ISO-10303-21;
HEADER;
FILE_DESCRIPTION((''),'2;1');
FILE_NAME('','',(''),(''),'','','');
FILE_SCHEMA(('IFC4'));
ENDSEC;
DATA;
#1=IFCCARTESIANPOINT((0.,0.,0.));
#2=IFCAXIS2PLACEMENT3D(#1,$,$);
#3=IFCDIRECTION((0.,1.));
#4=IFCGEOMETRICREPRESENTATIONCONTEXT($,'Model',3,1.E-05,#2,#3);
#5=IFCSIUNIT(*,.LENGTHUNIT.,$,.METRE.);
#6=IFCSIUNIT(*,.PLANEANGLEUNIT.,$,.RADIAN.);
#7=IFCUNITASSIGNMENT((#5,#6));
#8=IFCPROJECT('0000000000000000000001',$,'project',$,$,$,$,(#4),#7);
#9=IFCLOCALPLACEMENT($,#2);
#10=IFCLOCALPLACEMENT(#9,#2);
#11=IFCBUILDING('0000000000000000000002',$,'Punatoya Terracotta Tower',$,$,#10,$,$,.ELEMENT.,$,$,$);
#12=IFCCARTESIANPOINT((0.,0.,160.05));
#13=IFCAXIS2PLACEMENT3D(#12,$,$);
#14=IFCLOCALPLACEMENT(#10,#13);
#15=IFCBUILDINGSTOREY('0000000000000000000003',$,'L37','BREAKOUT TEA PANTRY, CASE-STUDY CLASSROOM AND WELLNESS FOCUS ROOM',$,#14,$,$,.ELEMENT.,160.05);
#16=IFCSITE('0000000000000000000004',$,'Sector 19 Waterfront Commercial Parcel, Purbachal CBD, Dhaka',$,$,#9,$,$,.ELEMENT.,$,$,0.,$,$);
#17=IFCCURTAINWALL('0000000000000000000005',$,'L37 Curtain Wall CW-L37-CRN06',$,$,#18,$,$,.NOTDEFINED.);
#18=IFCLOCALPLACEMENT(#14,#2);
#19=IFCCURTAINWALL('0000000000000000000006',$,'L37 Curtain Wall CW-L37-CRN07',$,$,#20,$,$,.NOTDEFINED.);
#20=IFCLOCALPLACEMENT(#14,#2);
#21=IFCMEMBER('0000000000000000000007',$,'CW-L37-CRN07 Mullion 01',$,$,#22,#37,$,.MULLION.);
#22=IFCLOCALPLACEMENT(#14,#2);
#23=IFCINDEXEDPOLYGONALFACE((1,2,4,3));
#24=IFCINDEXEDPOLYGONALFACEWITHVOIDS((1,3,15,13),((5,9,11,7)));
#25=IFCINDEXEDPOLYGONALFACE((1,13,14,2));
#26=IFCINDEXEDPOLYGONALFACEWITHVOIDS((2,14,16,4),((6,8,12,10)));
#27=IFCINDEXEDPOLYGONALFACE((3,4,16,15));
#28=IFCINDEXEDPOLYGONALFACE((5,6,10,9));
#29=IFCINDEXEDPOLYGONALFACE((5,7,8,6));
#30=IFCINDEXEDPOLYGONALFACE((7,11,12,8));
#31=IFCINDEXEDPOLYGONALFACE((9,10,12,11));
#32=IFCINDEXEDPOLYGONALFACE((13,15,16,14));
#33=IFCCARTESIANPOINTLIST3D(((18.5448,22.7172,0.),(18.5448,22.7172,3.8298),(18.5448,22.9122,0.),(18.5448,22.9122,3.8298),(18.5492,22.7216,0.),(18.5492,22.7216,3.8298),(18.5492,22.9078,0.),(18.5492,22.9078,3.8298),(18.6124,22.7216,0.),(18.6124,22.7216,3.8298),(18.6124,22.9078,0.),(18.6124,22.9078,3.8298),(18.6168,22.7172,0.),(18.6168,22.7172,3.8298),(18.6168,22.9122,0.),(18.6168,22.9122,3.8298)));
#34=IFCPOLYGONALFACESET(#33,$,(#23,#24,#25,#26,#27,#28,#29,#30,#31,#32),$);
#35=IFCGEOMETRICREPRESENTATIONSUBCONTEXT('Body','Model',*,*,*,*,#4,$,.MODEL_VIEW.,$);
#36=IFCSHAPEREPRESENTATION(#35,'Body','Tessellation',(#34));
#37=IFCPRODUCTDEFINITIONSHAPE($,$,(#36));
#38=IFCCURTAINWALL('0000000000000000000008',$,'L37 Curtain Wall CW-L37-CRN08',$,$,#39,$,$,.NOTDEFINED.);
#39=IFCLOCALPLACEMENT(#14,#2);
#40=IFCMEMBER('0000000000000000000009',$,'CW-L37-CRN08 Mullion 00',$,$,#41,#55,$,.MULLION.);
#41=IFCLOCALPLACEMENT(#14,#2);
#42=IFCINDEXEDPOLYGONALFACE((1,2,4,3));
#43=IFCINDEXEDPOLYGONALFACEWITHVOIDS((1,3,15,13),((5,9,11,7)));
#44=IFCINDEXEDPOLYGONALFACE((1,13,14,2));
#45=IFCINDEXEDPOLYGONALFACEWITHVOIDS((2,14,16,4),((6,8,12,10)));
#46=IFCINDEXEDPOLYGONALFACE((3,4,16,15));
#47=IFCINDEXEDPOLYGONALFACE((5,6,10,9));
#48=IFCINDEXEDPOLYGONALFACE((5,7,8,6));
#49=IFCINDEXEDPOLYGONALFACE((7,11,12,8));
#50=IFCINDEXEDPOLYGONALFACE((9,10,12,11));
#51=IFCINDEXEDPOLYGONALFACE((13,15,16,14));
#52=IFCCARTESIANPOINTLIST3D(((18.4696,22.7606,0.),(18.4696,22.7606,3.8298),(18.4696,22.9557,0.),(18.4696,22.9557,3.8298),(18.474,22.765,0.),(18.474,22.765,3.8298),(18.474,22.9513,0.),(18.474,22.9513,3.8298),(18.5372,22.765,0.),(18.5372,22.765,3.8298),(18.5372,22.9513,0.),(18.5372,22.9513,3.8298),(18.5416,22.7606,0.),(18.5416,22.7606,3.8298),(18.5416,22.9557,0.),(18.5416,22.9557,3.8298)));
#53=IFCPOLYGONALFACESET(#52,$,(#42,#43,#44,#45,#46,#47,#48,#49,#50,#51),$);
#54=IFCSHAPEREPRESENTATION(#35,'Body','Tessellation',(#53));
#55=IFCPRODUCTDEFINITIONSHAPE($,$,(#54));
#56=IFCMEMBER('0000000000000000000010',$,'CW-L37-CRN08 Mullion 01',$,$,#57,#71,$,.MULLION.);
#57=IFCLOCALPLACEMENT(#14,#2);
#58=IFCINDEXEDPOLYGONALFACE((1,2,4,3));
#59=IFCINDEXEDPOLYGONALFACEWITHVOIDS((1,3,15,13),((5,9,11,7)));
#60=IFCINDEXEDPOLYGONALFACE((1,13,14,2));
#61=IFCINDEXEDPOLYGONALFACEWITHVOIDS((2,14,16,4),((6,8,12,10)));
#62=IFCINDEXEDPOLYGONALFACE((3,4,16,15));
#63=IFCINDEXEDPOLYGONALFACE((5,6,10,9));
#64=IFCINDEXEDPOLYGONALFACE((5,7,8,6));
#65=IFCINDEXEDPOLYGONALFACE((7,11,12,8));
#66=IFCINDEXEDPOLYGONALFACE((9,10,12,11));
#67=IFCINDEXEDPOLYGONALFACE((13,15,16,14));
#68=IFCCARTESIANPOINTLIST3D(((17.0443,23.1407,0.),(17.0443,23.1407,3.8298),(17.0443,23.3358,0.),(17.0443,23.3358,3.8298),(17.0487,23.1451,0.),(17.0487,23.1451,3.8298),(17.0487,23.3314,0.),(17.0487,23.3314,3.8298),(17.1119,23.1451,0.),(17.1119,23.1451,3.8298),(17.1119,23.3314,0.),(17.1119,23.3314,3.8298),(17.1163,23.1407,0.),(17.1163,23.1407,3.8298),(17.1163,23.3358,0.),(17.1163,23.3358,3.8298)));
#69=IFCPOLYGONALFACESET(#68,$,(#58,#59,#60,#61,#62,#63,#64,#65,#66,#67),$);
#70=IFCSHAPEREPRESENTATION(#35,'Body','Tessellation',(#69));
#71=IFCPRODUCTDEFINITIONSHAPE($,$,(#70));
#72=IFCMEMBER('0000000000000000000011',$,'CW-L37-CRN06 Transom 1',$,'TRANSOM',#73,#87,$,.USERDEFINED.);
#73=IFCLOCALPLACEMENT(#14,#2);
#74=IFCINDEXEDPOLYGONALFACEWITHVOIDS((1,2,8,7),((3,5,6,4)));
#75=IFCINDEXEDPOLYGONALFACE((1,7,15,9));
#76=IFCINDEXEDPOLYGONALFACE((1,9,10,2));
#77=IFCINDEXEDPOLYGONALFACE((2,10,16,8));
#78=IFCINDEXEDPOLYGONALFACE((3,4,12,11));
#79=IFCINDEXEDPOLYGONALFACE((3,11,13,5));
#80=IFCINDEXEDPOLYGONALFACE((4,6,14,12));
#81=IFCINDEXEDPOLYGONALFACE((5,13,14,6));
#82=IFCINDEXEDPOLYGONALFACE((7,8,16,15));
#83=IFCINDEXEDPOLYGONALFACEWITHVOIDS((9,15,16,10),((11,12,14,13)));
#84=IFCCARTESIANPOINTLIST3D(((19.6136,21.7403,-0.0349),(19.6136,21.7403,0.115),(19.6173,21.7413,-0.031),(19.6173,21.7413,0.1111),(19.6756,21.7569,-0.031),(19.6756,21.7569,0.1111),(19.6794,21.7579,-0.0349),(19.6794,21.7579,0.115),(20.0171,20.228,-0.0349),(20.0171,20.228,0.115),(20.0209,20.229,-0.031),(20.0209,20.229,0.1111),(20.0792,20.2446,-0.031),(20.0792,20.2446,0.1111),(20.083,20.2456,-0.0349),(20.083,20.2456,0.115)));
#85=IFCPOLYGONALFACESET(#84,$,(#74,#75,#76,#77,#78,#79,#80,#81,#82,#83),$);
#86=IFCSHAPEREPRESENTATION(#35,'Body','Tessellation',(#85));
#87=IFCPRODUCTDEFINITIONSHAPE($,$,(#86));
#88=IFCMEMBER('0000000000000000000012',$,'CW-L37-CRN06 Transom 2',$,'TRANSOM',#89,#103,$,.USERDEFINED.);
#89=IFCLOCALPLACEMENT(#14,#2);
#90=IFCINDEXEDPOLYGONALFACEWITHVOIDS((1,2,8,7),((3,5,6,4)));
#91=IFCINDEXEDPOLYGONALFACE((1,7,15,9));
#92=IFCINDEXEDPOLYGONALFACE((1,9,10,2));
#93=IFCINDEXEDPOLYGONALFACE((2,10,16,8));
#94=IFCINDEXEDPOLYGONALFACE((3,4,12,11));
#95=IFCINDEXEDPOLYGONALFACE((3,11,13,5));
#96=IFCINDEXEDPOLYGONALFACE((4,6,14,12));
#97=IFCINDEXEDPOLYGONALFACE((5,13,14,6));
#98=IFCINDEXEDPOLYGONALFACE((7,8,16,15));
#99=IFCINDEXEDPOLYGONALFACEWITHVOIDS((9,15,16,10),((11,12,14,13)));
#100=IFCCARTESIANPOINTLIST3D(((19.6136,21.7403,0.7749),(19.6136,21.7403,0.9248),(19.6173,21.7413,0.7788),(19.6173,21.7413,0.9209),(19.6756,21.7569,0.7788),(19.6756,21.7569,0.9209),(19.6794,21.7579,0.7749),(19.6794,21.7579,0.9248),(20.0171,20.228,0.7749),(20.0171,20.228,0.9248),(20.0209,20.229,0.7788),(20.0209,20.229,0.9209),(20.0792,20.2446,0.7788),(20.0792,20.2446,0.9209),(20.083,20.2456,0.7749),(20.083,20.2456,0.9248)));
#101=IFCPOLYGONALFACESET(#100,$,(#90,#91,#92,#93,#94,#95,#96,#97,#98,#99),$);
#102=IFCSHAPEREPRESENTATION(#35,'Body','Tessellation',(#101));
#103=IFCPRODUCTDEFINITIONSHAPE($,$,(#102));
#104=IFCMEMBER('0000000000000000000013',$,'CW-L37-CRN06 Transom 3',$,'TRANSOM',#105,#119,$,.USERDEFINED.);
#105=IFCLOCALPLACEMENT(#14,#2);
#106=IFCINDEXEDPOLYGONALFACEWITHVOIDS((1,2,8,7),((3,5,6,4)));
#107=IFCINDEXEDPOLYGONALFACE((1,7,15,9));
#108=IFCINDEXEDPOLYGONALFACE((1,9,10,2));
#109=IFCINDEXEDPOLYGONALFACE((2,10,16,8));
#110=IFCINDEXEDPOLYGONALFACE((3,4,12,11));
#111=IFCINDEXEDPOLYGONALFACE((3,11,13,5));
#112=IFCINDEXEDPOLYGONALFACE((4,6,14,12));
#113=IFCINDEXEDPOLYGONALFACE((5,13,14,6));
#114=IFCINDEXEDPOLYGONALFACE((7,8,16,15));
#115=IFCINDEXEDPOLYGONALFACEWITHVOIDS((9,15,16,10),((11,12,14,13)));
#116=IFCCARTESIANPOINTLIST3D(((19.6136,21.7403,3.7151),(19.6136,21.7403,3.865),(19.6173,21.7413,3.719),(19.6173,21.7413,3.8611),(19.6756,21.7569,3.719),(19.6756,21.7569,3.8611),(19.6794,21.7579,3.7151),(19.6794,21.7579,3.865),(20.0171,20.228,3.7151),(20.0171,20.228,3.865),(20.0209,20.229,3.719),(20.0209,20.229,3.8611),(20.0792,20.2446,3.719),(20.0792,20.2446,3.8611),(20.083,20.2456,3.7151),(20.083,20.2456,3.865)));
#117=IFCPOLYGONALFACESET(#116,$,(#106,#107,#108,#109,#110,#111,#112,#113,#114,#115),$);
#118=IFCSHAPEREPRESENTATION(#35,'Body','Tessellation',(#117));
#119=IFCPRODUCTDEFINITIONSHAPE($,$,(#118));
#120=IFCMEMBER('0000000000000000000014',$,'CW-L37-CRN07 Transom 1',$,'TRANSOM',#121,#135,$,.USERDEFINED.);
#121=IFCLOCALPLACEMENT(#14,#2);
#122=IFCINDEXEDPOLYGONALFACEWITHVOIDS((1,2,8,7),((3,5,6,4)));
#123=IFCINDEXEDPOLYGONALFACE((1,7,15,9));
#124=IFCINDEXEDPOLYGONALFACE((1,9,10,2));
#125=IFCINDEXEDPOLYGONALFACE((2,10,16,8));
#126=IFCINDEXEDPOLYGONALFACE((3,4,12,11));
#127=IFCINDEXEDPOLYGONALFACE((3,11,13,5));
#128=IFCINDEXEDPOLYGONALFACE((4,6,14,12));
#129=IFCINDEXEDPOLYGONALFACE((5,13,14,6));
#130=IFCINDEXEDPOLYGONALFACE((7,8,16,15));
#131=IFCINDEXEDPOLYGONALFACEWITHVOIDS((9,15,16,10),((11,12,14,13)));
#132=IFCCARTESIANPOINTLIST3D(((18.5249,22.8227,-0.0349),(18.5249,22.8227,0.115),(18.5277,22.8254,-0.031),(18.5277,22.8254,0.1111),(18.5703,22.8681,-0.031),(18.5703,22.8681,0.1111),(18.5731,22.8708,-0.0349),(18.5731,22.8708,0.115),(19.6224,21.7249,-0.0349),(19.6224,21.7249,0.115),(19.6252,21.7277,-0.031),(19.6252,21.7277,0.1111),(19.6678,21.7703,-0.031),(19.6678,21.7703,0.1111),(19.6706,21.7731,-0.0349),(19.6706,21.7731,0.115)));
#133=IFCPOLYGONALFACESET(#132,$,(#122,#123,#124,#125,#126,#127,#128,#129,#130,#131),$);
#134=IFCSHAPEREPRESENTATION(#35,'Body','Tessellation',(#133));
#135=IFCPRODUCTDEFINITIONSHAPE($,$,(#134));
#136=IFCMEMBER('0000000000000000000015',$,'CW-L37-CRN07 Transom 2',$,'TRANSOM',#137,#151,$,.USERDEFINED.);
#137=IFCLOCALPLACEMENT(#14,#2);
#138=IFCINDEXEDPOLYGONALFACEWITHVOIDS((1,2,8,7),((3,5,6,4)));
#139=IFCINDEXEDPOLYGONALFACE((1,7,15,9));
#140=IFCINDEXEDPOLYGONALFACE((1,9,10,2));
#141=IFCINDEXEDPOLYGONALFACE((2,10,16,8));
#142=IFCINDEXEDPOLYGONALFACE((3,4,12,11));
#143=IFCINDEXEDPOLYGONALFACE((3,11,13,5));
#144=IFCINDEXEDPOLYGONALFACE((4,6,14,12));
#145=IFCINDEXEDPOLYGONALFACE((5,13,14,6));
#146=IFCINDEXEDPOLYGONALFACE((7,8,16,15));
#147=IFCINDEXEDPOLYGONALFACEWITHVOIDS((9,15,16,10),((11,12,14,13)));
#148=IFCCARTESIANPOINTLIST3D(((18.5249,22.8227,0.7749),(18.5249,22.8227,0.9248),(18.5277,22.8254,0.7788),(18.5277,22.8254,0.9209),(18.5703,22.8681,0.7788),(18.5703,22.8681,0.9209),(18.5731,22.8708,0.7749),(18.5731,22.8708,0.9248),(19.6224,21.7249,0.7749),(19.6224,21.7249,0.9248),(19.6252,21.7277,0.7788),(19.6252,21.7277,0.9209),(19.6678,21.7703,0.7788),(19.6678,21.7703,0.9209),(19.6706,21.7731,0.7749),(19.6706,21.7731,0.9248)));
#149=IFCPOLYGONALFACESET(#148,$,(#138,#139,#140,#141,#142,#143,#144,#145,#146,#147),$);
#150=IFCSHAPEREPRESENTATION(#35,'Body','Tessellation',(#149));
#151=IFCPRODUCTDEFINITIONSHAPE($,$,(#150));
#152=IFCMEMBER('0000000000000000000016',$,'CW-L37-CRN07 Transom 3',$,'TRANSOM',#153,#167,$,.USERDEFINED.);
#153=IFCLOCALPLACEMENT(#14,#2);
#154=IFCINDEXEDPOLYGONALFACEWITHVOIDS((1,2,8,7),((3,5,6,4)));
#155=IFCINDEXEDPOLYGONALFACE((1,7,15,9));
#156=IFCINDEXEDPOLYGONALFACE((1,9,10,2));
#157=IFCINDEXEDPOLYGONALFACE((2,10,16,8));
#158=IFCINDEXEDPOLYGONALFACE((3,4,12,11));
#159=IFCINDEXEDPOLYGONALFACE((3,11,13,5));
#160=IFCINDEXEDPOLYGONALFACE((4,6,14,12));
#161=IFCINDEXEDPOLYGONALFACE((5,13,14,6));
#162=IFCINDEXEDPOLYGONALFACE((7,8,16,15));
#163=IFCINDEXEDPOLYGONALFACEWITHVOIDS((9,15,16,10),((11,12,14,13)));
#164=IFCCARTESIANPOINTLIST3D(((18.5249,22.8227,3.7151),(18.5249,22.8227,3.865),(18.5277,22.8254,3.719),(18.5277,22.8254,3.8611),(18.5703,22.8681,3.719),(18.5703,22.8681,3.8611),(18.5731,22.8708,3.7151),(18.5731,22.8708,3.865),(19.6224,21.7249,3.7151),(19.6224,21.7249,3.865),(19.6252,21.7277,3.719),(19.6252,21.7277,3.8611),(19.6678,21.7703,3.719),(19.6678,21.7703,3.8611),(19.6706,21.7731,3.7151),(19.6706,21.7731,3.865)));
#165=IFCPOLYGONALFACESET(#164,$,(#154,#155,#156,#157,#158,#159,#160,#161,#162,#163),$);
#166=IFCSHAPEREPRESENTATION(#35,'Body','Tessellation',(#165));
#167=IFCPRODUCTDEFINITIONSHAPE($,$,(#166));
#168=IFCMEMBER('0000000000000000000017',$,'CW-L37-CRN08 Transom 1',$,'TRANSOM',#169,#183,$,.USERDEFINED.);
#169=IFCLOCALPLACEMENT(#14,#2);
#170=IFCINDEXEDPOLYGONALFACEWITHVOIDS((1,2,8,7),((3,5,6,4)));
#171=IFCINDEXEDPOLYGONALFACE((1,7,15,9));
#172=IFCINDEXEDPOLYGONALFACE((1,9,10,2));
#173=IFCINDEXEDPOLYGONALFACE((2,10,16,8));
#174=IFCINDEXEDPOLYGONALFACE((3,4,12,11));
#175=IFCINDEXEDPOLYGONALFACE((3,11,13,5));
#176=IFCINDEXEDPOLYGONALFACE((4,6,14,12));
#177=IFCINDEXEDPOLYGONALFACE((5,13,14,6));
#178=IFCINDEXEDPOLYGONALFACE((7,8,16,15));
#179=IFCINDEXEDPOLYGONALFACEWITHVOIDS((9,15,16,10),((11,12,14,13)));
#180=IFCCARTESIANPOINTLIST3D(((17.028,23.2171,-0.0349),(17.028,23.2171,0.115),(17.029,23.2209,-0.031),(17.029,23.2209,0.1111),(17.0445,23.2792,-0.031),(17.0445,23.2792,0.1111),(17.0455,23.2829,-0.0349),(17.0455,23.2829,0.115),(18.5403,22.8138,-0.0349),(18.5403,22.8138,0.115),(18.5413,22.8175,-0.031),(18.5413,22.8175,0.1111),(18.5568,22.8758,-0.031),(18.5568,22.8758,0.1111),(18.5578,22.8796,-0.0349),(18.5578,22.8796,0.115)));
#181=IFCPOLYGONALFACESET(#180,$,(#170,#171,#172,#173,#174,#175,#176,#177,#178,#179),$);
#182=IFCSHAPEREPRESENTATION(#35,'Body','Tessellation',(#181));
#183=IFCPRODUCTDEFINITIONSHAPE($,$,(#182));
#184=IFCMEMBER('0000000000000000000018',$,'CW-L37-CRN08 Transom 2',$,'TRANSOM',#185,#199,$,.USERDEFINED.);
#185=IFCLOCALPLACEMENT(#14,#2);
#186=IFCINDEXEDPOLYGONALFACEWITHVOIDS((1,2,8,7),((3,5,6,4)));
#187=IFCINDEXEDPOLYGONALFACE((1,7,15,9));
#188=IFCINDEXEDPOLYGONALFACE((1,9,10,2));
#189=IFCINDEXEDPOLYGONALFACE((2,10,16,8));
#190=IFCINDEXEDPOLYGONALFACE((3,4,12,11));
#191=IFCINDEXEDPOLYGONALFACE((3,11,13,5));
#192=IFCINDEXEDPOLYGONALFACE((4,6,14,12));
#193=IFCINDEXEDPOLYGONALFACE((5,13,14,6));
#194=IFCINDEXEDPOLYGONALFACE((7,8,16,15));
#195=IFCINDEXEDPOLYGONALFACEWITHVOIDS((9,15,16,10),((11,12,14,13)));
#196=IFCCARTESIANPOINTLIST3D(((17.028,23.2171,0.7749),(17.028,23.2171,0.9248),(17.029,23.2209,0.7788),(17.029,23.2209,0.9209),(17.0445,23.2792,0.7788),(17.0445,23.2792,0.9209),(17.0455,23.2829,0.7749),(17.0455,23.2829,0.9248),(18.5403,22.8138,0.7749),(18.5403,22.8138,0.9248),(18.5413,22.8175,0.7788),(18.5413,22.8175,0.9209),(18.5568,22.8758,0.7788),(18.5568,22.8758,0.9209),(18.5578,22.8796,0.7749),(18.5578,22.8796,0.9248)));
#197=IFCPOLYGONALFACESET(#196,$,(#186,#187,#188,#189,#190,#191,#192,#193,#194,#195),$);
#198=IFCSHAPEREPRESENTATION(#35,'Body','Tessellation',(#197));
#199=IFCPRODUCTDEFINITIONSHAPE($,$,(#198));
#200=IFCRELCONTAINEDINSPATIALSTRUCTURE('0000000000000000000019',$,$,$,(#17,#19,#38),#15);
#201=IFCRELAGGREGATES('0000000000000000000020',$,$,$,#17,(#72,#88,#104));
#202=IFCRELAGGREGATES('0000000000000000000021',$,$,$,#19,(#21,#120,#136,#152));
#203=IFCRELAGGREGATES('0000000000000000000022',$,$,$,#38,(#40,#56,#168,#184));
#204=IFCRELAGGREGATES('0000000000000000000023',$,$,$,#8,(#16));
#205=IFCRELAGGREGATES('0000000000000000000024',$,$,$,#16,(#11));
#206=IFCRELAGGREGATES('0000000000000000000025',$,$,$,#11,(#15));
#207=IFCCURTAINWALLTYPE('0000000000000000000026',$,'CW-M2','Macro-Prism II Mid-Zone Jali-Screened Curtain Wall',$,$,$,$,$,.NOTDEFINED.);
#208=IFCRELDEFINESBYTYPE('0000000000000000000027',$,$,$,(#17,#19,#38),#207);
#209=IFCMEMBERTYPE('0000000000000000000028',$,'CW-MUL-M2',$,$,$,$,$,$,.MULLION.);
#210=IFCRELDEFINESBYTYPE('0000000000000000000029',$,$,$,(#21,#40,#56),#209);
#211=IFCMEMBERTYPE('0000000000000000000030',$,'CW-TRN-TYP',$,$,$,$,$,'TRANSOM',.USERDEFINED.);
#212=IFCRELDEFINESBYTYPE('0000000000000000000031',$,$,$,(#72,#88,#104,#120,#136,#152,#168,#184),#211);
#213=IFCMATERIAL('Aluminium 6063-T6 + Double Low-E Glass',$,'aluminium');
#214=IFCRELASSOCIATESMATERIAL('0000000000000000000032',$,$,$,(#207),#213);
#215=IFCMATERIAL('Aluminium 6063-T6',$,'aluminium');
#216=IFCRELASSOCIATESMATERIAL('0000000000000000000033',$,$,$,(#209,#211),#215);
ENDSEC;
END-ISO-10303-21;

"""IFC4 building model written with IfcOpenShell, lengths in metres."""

from ifc_helpers import new_model, si_unit, direction, frame, origin, origin_2d, place, context, subcontext, project, spatial, hollow_rectangle, extrude, material, material_profile, profile_set, type_object, element, aggregate, save


model = new_model("IFC4")

# Units and contexts
model_context = context("Model", 3, precision=1e-05, world=origin(), true_north=direction((0.0, 1.0)))
body_context = subcontext(model_context, "Body", "Model", "MODEL_VIEW")
ifc_project = project(units=[si_unit("LENGTHUNIT", "METRE"), si_unit("PLANEANGLEUNIT", "RADIAN")], contexts=[model_context])

# Site, building, storey
site_placement = place(None, origin())
site = spatial("IfcSite", under=ifc_project, at=site_placement, Name="Sector 19 Waterfront Commercial Parcel, Purbachal CBD, Dhaka", CompositionType="ELEMENT", RefElevation=0.0)
building_placement = place(site_placement, origin())
building = spatial("IfcBuilding", under=site, at=building_placement, Name="Punatoya Terracotta Tower", CompositionType="ELEMENT")
storey_placement = place(building_placement, frame((0.0, 0.0, 160.05)))
storey = spatial("IfcBuildingStorey", under=building, at=storey_placement, Name="L37", Description="BREAKOUT TEA PANTRY, CASE-STUDY CLASSROOM AND WELLNESS FOCUS ROOM", CompositionType="ELEMENT", Elevation=160.05)

# Shared definitions
ifc_material_1 = material(Name="Aluminium 6063-T6 + Double Low-E Glass", Category="aluminium")
curtain_wall_type = type_object("IfcCurtainWallType", Name="CW-M2", Description="Macro-Prism II Mid-Zone Jali-Screened Curtain Wall", PredefinedType="NOTDEFINED", material=ifc_material_1)
ifc_material_2 = material(Name="Aluminium 6063-T6", Category="aluminium")
ifc_material_profile_1 = material_profile(ifc_material_2, hollow_rectangle(XDim=0.072, YDim=0.1951, WallThickness=0.0044, at=origin_2d()))
ifc_profile_set_1 = profile_set([ifc_material_profile_1], Name="Aluminium 6063-T6")
member_type_1 = type_object("IfcMemberType", Name="CW-MUL-M2", PredefinedType="MULLION", material=ifc_profile_set_1)

# Curtain walls, members
curtain_wall_1_placement = place(storey_placement, origin())
curtain_wall_1 = element("IfcCurtainWall", 1, at=curtain_wall_1_placement, inside=storey, type_object=curtain_wall_type, Name="L37 Curtain Wall CW-L37-CRN06", PredefinedType="NOTDEFINED")
curtain_wall_2_placement = place(storey_placement, origin())
curtain_wall_2 = element("IfcCurtainWall", 2, at=curtain_wall_2_placement, inside=storey, type_object=curtain_wall_type, Name="L37 Curtain Wall CW-L37-CRN07", PredefinedType="NOTDEFINED")
member_1_placement = place(storey_placement, frame((18.5808, 22.8147, 0.0), z_axis=(0.0, 0.0, 1.0), x_axis=(1.0, 0.0, 0.0)))
member_1 = element("IfcMember", 3, at=member_1_placement, type_object=member_type_1, Name="CW-L37-CRN07 Mullion 01", PredefinedType="MULLION", context=body_context, shape_type="SweptSolid", body=[
    extrude(hollow_rectangle(XDim=0.072, YDim=0.1951, WallThickness=0.0044, at=origin_2d()), origin(), (0.0, 0.0, 1.0), 3.8298),
])
curtain_wall_3_placement = place(storey_placement, origin())
curtain_wall_3 = element("IfcCurtainWall", 4, at=curtain_wall_3_placement, inside=storey, type_object=curtain_wall_type, Name="L37 Curtain Wall CW-L37-CRN08", PredefinedType="NOTDEFINED")
member_2_placement = place(storey_placement, frame((18.5056, 22.8582, 0.0), z_axis=(0.0, 0.0, 1.0), x_axis=(1.0, 0.0, 0.0)))
member_2 = element("IfcMember", 5, at=member_2_placement, type_object=member_type_1, Name="CW-L37-CRN08 Mullion 00", PredefinedType="MULLION", context=body_context, shape_type="SweptSolid", body=[
    extrude(hollow_rectangle(XDim=0.072, YDim=0.1951, WallThickness=0.0044, at=origin_2d()), origin(), (0.0, 0.0, 1.0), 3.8298),
])
member_3_placement = place(storey_placement, frame((17.0803, 23.2383, 0.0), z_axis=(0.0, 0.0, 1.0), x_axis=(1.0, 0.0, 0.0)))
member_3 = element("IfcMember", 6, at=member_3_placement, type_object=member_type_1, Name="CW-L37-CRN08 Mullion 01", PredefinedType="MULLION", context=body_context, shape_type="SweptSolid", body=[
    extrude(hollow_rectangle(XDim=0.072, YDim=0.1951, WallThickness=0.0044, at=origin_2d()), origin(), (0.0, 0.0, 1.0), 3.8298),
])

# Members
ifc_material_profile_2 = material_profile(ifc_material_2, hollow_rectangle(XDim=0.0681, YDim=0.1499, WallThickness=0.0039, at=origin_2d()))
ifc_profile_set_2 = profile_set([ifc_material_profile_2], Name="Aluminium 6063-T6")
member_type_2 = type_object("IfcMemberType", Name="CW-TRN-TYP", ElementType="TRANSOM", PredefinedType="USERDEFINED", material=ifc_profile_set_2)
member_4_placement = place(storey_placement, frame((20.05, 20.2368, 0.04), z_axis=(-0.257847, 0.966186, 0.0), x_axis=(-0.966186, -0.257847, 0.0)))
member_4 = element("IfcMember", 7, at=member_4_placement, type_object=member_type_2, Name="CW-L37-CRN06 Transom 1", ObjectType="TRANSOM", PredefinedType="USERDEFINED", context=body_context, shape_type="SweptSolid", body=[
    extrude(hollow_rectangle(XDim=0.0681, YDim=0.1499, WallThickness=0.0039, at=origin_2d()), origin(), (0.0, 0.0, 1.0), 1.5652),
])
member_5_placement = place(storey_placement, frame((20.05, 20.2368, 0.8499), z_axis=(-0.257847, 0.966186, 0.0), x_axis=(-0.966186, -0.257847, 0.0)))
member_5 = element("IfcMember", 8, at=member_5_placement, type_object=member_type_2, Name="CW-L37-CRN06 Transom 2", ObjectType="TRANSOM", PredefinedType="USERDEFINED", context=body_context, shape_type="SweptSolid", body=[
    extrude(hollow_rectangle(XDim=0.0681, YDim=0.1499, WallThickness=0.0039, at=origin_2d()), origin(), (0.0, 0.0, 1.0), 1.5652),
])
member_6_placement = place(storey_placement, frame((20.05, 20.2368, 3.79), z_axis=(-0.257847, 0.966186, 0.0), x_axis=(-0.966186, -0.257847, 0.0)))
member_6 = element("IfcMember", 9, at=member_6_placement, type_object=member_type_2, Name="CW-L37-CRN06 Transom 3", ObjectType="TRANSOM", PredefinedType="USERDEFINED", context=body_context, shape_type="SweptSolid", body=[
    extrude(hollow_rectangle(XDim=0.0681, YDim=0.1499, WallThickness=0.0039, at=origin_2d()), origin(), (0.0, 0.0, 1.0), 1.5652),
])
member_7_placement = place(storey_placement, frame((19.6465, 21.749, 0.04), z_axis=(-0.707028, 0.707185, 0.0), x_axis=(-0.707185, -0.707028, 0.0)))
member_7 = element("IfcMember", 10, at=member_7_placement, type_object=member_type_2, Name="CW-L37-CRN07 Transom 1", ObjectType="TRANSOM", PredefinedType="USERDEFINED", context=body_context, shape_type="SweptSolid", body=[
    extrude(hollow_rectangle(XDim=0.0681, YDim=0.1499, WallThickness=0.0039, at=origin_2d()), origin(), (0.0, 0.0, 1.0), 1.5522),
])
member_8_placement = place(storey_placement, frame((19.6465, 21.749, 0.8499), z_axis=(-0.707028, 0.707185, 0.0), x_axis=(-0.707185, -0.707028, 0.0)))
member_8 = element("IfcMember", 11, at=member_8_placement, type_object=member_type_2, Name="CW-L37-CRN07 Transom 2", ObjectType="TRANSOM", PredefinedType="USERDEFINED", context=body_context, shape_type="SweptSolid", body=[
    extrude(hollow_rectangle(XDim=0.0681, YDim=0.1499, WallThickness=0.0039, at=origin_2d()), origin(), (0.0, 0.0, 1.0), 1.5522),
])
member_9_placement = place(storey_placement, frame((19.6465, 21.749, 3.79), z_axis=(-0.707028, 0.707185, 0.0), x_axis=(-0.707185, -0.707028, 0.0)))
member_9 = element("IfcMember", 12, at=member_9_placement, type_object=member_type_2, Name="CW-L37-CRN07 Transom 3", ObjectType="TRANSOM", PredefinedType="USERDEFINED", context=body_context, shape_type="SweptSolid", body=[
    extrude(hollow_rectangle(XDim=0.0681, YDim=0.1499, WallThickness=0.0039, at=origin_2d()), origin(), (0.0, 0.0, 1.0), 1.5522),
])
member_10_placement = place(storey_placement, frame((18.5491, 22.8467, 0.04), z_axis=(-0.966225, 0.257701, 0.0), x_axis=(-0.257701, -0.966225, 0.0)))
member_10 = element("IfcMember", 13, at=member_10_placement, type_object=member_type_2, Name="CW-L37-CRN08 Transom 1", ObjectType="TRANSOM", PredefinedType="USERDEFINED", context=body_context, shape_type="SweptSolid", body=[
    extrude(hollow_rectangle(XDim=0.0681, YDim=0.1499, WallThickness=0.0039, at=origin_2d()), origin(), (0.0, 0.0, 1.0), 1.5652),
])
member_11_placement = place(storey_placement, frame((18.5491, 22.8467, 0.8499), z_axis=(-0.966225, 0.257701, 0.0), x_axis=(-0.257701, -0.966225, 0.0)))
member_11 = element("IfcMember", 14, at=member_11_placement, type_object=member_type_2, Name="CW-L37-CRN08 Transom 2", ObjectType="TRANSOM", PredefinedType="USERDEFINED", context=body_context, shape_type="SweptSolid", body=[
    extrude(hollow_rectangle(XDim=0.0681, YDim=0.1499, WallThickness=0.0039, at=origin_2d()), origin(), (0.0, 0.0, 1.0), 1.5652),
])

aggregate(curtain_wall_1, [member_4, member_5, member_6])
aggregate(curtain_wall_2, [member_1, member_7, member_8, member_9])
aggregate(curtain_wall_3, [member_2, member_3, member_10, member_11])

save(model, "model.ifc")
